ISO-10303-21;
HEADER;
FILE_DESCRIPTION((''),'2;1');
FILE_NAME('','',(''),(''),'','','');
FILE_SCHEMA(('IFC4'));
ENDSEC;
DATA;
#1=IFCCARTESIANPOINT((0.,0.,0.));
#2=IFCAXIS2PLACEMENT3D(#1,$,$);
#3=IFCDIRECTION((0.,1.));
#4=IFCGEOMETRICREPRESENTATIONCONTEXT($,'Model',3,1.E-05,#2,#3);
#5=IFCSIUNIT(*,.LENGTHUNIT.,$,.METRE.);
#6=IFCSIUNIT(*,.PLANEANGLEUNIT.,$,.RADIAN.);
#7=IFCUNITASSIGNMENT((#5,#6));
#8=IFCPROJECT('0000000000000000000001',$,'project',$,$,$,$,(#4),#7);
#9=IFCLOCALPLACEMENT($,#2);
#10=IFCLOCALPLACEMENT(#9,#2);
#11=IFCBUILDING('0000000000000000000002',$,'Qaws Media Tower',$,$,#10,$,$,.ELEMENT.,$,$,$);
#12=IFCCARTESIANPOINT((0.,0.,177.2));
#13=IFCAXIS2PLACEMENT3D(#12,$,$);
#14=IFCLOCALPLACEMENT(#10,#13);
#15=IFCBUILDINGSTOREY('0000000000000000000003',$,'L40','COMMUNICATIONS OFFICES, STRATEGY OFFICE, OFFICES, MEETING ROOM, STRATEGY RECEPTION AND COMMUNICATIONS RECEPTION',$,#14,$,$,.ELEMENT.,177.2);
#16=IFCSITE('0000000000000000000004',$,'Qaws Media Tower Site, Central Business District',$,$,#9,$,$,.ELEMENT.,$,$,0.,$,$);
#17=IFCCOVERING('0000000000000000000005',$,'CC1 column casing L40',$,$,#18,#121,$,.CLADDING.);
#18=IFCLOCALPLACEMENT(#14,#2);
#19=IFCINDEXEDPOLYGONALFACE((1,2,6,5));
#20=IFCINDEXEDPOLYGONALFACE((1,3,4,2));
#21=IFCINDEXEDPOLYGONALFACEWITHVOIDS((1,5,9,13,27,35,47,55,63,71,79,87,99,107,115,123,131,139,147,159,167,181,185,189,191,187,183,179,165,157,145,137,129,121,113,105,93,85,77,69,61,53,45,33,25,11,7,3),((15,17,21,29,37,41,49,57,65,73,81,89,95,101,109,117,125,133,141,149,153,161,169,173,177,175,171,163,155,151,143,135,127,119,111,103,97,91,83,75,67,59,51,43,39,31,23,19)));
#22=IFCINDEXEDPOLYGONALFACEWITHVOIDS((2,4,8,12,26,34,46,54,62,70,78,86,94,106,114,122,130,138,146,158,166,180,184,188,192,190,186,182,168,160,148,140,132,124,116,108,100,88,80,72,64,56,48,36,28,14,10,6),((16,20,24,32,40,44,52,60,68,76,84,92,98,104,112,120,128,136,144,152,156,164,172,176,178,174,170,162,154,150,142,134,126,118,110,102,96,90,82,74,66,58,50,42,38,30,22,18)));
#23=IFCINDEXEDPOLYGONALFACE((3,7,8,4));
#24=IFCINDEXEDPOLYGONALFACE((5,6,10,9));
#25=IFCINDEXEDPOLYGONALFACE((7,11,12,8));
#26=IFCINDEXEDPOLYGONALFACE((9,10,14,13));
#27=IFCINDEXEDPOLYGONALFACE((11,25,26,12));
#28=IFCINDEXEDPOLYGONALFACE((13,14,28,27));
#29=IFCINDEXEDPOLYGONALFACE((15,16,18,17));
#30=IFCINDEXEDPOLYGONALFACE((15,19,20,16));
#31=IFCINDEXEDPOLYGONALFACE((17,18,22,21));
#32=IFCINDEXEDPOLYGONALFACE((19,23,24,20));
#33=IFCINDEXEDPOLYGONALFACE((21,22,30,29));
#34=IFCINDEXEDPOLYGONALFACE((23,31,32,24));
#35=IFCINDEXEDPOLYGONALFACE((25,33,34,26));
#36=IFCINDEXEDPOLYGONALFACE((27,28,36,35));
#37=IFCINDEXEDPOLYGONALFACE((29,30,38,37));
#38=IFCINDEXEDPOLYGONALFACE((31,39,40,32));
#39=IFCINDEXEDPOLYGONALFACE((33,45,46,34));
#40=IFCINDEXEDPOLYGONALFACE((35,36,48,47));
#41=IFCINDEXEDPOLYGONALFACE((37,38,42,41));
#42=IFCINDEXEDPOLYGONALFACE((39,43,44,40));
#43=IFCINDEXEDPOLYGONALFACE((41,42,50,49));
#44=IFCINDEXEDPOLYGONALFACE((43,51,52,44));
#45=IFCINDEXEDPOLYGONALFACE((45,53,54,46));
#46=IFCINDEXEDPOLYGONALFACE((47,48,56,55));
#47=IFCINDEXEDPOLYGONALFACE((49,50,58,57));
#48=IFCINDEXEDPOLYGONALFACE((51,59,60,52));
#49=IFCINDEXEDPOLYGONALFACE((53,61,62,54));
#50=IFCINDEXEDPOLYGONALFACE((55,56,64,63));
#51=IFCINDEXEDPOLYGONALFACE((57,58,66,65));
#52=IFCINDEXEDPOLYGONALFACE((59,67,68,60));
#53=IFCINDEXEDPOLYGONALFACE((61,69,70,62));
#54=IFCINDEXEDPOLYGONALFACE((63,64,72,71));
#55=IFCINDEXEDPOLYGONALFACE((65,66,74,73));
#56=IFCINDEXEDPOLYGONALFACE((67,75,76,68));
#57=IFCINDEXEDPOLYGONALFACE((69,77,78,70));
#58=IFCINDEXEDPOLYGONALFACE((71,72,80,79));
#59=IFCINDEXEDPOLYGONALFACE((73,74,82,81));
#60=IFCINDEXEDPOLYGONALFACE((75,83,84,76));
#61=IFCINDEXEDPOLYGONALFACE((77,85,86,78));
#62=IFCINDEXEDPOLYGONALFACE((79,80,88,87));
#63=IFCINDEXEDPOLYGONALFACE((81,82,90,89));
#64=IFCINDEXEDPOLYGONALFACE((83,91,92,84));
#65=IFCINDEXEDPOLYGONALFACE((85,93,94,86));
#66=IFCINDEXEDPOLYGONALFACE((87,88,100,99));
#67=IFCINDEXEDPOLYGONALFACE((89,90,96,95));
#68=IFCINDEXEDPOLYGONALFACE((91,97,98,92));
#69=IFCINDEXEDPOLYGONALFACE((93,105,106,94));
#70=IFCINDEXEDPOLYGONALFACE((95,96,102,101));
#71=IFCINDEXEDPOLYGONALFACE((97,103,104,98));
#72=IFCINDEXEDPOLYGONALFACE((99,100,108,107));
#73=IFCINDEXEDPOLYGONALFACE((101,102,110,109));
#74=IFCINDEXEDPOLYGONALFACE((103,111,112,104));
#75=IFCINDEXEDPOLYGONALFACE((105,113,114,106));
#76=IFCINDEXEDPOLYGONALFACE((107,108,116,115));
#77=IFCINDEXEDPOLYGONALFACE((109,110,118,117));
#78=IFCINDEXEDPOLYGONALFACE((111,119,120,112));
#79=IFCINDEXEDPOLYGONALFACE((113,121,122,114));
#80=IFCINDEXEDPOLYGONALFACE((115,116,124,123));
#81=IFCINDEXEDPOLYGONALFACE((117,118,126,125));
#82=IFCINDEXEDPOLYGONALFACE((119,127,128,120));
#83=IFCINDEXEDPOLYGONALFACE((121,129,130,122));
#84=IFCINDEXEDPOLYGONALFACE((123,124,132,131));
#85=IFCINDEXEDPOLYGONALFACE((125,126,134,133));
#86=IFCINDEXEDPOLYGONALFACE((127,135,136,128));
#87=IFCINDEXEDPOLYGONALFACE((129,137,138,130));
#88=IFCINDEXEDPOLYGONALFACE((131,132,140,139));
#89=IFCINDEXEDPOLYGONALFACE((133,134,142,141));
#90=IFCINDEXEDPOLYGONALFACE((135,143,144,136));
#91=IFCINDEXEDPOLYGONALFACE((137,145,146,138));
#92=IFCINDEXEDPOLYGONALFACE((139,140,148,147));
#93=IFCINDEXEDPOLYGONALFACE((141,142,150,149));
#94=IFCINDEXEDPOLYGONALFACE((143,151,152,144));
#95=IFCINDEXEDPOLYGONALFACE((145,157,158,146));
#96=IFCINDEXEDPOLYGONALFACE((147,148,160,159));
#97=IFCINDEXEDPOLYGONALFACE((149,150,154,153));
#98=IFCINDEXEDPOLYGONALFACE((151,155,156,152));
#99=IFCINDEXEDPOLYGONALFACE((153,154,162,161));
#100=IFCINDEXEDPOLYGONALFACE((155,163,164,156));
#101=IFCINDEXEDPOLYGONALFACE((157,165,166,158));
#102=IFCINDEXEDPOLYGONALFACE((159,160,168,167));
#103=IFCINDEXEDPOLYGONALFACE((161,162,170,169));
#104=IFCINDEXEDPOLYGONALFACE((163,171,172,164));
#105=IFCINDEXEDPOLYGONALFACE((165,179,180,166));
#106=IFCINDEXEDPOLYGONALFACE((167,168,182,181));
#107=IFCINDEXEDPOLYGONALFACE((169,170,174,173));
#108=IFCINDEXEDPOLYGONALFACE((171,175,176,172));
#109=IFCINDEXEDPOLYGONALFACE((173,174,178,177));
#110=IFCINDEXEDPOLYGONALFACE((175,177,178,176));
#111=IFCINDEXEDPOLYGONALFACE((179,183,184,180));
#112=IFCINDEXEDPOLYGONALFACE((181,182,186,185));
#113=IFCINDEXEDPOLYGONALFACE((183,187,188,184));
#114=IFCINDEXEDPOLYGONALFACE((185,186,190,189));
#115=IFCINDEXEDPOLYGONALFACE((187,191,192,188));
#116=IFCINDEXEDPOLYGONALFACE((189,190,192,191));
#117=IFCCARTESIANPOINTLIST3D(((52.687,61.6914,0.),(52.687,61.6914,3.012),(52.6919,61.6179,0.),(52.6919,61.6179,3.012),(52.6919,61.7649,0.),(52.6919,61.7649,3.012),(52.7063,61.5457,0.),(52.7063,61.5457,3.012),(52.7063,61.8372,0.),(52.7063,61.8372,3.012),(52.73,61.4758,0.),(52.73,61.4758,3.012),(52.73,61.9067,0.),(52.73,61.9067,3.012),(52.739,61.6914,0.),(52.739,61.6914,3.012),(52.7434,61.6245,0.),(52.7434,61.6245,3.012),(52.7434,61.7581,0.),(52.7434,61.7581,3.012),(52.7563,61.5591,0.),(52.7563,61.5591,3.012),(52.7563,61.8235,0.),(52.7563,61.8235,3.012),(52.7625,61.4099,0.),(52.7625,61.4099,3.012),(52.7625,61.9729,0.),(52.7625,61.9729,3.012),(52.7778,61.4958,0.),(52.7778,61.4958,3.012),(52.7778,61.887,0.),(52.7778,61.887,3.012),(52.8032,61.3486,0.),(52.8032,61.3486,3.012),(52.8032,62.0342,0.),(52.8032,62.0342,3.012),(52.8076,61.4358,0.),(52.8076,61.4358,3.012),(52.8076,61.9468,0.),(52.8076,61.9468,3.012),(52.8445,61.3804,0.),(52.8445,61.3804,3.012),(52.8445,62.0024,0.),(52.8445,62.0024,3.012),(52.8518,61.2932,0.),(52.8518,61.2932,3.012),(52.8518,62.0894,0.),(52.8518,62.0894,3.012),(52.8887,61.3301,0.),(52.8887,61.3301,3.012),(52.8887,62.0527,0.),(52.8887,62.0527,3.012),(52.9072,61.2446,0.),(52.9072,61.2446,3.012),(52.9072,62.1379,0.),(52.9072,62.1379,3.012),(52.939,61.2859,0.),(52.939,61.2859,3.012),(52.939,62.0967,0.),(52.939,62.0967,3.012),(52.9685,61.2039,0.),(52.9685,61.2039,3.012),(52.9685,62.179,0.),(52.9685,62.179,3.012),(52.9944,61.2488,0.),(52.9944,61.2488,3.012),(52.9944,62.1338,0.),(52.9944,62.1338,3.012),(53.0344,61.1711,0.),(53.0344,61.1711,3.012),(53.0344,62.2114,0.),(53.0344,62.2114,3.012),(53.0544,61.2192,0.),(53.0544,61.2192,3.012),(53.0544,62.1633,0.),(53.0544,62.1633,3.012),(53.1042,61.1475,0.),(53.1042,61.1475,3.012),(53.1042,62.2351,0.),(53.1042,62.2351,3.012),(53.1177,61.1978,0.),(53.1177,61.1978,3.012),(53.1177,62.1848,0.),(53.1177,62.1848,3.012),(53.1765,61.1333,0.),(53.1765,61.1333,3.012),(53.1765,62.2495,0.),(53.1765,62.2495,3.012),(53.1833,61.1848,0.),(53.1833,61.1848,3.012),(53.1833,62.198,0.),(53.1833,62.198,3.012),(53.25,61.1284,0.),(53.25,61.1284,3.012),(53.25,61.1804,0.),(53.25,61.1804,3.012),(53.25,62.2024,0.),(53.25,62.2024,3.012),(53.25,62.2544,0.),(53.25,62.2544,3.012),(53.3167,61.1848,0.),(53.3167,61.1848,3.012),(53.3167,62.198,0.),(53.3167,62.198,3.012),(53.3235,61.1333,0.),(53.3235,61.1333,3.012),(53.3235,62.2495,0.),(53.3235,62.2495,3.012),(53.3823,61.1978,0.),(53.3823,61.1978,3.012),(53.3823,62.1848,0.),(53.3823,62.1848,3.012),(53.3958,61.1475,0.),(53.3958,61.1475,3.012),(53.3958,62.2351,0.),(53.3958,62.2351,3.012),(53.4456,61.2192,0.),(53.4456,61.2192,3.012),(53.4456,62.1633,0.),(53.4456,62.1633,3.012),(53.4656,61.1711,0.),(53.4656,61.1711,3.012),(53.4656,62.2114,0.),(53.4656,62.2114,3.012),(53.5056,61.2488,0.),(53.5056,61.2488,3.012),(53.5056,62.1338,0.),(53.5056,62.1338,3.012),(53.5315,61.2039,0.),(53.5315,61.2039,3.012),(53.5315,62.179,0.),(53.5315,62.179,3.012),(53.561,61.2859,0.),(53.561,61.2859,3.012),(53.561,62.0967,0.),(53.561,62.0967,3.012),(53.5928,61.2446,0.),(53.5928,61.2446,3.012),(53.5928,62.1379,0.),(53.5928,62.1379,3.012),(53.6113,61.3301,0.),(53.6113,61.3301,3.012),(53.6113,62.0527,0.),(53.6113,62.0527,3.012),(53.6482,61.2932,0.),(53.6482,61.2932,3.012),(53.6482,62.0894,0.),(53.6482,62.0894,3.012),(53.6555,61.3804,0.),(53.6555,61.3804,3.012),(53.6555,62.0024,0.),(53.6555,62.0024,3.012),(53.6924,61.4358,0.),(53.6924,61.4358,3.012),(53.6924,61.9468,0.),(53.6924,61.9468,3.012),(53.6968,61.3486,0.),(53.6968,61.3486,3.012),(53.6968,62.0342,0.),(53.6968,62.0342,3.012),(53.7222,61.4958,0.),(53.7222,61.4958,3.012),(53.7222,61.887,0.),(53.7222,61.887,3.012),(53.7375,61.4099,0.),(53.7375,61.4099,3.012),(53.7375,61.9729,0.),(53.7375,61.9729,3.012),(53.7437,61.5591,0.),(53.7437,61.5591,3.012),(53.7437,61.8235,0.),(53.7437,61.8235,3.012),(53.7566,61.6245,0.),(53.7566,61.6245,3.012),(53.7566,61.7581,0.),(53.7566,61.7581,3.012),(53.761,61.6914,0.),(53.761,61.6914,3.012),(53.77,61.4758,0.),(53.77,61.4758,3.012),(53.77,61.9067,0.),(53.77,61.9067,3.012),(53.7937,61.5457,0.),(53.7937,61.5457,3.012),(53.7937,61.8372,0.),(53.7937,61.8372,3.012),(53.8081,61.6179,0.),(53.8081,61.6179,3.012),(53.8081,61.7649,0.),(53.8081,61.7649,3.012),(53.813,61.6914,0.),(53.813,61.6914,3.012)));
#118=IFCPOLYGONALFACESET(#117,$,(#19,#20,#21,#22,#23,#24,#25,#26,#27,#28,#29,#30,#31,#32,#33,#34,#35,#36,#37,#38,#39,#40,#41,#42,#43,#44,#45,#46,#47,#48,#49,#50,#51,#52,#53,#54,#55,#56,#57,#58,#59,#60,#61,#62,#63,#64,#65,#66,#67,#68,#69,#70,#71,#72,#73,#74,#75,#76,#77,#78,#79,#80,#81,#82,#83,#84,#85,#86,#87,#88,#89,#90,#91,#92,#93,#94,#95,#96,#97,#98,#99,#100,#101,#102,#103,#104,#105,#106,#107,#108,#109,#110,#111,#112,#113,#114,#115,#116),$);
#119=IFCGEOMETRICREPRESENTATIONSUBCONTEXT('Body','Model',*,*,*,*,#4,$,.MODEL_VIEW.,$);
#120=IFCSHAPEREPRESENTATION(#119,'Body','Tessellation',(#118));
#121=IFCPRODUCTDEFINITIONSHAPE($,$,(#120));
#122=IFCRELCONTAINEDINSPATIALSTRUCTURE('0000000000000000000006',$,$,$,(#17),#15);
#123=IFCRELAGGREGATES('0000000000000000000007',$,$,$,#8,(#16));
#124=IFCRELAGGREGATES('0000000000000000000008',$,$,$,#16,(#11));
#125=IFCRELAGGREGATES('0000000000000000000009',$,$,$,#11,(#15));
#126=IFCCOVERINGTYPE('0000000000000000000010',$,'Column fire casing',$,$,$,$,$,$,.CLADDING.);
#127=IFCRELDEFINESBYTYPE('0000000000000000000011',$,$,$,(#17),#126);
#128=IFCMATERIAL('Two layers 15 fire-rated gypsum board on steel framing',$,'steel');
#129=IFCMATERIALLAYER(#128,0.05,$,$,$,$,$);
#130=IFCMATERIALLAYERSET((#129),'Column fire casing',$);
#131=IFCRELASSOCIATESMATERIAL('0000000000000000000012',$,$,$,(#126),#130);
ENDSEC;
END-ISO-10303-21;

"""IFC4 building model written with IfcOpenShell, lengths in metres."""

from ifc_helpers import new_model, si_unit, direction, frame, origin, place, context, subcontext, project, spatial, polyline, outline, extrude, material, layer, layer_set, type_object, element, save


model = new_model("IFC4")

# Units and contexts
model_context = context("Model", 3, precision=1e-05, world=origin(), true_north=direction((0.0, 1.0)))
body_context = subcontext(model_context, "Body", "Model", "MODEL_VIEW")
ifc_project = project(units=[si_unit("LENGTHUNIT", "METRE"), si_unit("PLANEANGLEUNIT", "RADIAN")], contexts=[model_context])

# Site, building, storey
site_placement = place(None, origin())
site = spatial("IfcSite", under=ifc_project, at=site_placement, Name="Qaws Media Tower Site, Central Business District", CompositionType="ELEMENT", RefElevation=0.0)
building_placement = place(site_placement, origin())
building = spatial("IfcBuilding", under=site, at=building_placement, Name="Qaws Media Tower", CompositionType="ELEMENT")
storey_placement = place(building_placement, frame((0.0, 0.0, 177.2)))
storey = spatial("IfcBuildingStorey", under=building, at=storey_placement, Name="L40", Description="COMMUNICATIONS OFFICES, STRATEGY OFFICE, OFFICES, MEETING ROOM, STRATEGY RECEPTION AND COMMUNICATIONS RECEPTION", CompositionType="ELEMENT", Elevation=177.2)

# Covering
ifc_material_1 = material(Name="Two layers 15 fire-rated gypsum board on steel framing", Category="steel")
ifc_layer_1 = layer(ifc_material_1, 0.05)
ifc_layer_set_1 = layer_set([ifc_layer_1], Name="Column fire casing")
covering_type_1 = type_object("IfcCoveringType", Name="Column fire casing", PredefinedType="CLADDING", material=ifc_layer_set_1)
covering_1_placement = place(storey_placement, origin())
element("IfcCovering", 1, at=covering_1_placement, inside=storey, type_object=covering_type_1, Name="CC1 column casing L40", PredefinedType="CLADDING", context=body_context, shape_type="SweptSolid", body=[
    extrude(outline(polyline([(53.813, 61.6914), (53.8081, 61.6179), (53.7937, 61.5457), (53.77, 61.4758), (53.7375, 61.4099), (53.6968, 61.3486), (53.6482, 61.2932), (53.5928, 61.2446), (53.5315, 61.2039), (53.4656, 61.1711), (53.3958, 61.1475), (53.3235, 61.1333), (53.25, 61.1284), (53.1765, 61.1333), (53.1042, 61.1475), (53.0344, 61.1711), (52.9685, 61.2039), (52.9072, 61.2446), (52.8518, 61.2932), (52.8032, 61.3486), (52.7625, 61.4099), (52.73, 61.4758), (52.7063, 61.5457), (52.6919, 61.6179), (52.687, 61.6914), (52.6919, 61.7649), (52.7063, 61.8372), (52.73, 61.9067), (52.7625, 61.9729), (52.8032, 62.0342), (52.8518, 62.0894), (52.9072, 62.1379), (52.9685, 62.179), (53.0344, 62.2114), (53.1042, 62.2351), (53.1765, 62.2495), (53.25, 62.2544), (53.3235, 62.2495), (53.3958, 62.2351), (53.4656, 62.2114), (53.5315, 62.179), (53.5928, 62.1379), (53.6482, 62.0894), (53.6968, 62.0342), (53.7375, 61.9729), (53.77, 61.9067), (53.7937, 61.8372), (53.8081, 61.7649), (53.813, 61.6914)]), holes=[polyline([(53.761, 61.6914), (53.7566, 61.6245), (53.7437, 61.5591), (53.7222, 61.4958), (53.6924, 61.4358), (53.6555, 61.3804), (53.6113, 61.3301), (53.561, 61.2859), (53.5056, 61.2488), (53.4456, 61.2192), (53.3823, 61.1978), (53.3167, 61.1848), (53.25, 61.1804), (53.1833, 61.1848), (53.1177, 61.1978), (53.0544, 61.2192), (52.9944, 61.2488), (52.939, 61.2859), (52.8887, 61.3301), (52.8445, 61.3804), (52.8076, 61.4358), (52.7778, 61.4958), (52.7563, 61.5591), (52.7434, 61.6245), (52.739, 61.6914), (52.7434, 61.7581), (52.7563, 61.8235), (52.7778, 61.887), (52.8076, 61.9468), (52.8445, 62.0024), (52.8887, 62.0527), (52.939, 62.0967), (52.9944, 62.1338), (53.0544, 62.1633), (53.1177, 62.1848), (53.1833, 62.198), (53.25, 62.2024), (53.3167, 62.198), (53.3823, 62.1848), (53.4456, 62.1633), (53.5056, 62.1338), (53.561, 62.0967), (53.6113, 62.0527), (53.6555, 62.0024), (53.6924, 61.9468), (53.7222, 61.887), (53.7437, 61.8235), (53.7566, 61.7581), (53.761, 61.6914)])]), origin(), (0.0, 0.0, 1.0), 3.012),
])

save(model, "model.ifc")
